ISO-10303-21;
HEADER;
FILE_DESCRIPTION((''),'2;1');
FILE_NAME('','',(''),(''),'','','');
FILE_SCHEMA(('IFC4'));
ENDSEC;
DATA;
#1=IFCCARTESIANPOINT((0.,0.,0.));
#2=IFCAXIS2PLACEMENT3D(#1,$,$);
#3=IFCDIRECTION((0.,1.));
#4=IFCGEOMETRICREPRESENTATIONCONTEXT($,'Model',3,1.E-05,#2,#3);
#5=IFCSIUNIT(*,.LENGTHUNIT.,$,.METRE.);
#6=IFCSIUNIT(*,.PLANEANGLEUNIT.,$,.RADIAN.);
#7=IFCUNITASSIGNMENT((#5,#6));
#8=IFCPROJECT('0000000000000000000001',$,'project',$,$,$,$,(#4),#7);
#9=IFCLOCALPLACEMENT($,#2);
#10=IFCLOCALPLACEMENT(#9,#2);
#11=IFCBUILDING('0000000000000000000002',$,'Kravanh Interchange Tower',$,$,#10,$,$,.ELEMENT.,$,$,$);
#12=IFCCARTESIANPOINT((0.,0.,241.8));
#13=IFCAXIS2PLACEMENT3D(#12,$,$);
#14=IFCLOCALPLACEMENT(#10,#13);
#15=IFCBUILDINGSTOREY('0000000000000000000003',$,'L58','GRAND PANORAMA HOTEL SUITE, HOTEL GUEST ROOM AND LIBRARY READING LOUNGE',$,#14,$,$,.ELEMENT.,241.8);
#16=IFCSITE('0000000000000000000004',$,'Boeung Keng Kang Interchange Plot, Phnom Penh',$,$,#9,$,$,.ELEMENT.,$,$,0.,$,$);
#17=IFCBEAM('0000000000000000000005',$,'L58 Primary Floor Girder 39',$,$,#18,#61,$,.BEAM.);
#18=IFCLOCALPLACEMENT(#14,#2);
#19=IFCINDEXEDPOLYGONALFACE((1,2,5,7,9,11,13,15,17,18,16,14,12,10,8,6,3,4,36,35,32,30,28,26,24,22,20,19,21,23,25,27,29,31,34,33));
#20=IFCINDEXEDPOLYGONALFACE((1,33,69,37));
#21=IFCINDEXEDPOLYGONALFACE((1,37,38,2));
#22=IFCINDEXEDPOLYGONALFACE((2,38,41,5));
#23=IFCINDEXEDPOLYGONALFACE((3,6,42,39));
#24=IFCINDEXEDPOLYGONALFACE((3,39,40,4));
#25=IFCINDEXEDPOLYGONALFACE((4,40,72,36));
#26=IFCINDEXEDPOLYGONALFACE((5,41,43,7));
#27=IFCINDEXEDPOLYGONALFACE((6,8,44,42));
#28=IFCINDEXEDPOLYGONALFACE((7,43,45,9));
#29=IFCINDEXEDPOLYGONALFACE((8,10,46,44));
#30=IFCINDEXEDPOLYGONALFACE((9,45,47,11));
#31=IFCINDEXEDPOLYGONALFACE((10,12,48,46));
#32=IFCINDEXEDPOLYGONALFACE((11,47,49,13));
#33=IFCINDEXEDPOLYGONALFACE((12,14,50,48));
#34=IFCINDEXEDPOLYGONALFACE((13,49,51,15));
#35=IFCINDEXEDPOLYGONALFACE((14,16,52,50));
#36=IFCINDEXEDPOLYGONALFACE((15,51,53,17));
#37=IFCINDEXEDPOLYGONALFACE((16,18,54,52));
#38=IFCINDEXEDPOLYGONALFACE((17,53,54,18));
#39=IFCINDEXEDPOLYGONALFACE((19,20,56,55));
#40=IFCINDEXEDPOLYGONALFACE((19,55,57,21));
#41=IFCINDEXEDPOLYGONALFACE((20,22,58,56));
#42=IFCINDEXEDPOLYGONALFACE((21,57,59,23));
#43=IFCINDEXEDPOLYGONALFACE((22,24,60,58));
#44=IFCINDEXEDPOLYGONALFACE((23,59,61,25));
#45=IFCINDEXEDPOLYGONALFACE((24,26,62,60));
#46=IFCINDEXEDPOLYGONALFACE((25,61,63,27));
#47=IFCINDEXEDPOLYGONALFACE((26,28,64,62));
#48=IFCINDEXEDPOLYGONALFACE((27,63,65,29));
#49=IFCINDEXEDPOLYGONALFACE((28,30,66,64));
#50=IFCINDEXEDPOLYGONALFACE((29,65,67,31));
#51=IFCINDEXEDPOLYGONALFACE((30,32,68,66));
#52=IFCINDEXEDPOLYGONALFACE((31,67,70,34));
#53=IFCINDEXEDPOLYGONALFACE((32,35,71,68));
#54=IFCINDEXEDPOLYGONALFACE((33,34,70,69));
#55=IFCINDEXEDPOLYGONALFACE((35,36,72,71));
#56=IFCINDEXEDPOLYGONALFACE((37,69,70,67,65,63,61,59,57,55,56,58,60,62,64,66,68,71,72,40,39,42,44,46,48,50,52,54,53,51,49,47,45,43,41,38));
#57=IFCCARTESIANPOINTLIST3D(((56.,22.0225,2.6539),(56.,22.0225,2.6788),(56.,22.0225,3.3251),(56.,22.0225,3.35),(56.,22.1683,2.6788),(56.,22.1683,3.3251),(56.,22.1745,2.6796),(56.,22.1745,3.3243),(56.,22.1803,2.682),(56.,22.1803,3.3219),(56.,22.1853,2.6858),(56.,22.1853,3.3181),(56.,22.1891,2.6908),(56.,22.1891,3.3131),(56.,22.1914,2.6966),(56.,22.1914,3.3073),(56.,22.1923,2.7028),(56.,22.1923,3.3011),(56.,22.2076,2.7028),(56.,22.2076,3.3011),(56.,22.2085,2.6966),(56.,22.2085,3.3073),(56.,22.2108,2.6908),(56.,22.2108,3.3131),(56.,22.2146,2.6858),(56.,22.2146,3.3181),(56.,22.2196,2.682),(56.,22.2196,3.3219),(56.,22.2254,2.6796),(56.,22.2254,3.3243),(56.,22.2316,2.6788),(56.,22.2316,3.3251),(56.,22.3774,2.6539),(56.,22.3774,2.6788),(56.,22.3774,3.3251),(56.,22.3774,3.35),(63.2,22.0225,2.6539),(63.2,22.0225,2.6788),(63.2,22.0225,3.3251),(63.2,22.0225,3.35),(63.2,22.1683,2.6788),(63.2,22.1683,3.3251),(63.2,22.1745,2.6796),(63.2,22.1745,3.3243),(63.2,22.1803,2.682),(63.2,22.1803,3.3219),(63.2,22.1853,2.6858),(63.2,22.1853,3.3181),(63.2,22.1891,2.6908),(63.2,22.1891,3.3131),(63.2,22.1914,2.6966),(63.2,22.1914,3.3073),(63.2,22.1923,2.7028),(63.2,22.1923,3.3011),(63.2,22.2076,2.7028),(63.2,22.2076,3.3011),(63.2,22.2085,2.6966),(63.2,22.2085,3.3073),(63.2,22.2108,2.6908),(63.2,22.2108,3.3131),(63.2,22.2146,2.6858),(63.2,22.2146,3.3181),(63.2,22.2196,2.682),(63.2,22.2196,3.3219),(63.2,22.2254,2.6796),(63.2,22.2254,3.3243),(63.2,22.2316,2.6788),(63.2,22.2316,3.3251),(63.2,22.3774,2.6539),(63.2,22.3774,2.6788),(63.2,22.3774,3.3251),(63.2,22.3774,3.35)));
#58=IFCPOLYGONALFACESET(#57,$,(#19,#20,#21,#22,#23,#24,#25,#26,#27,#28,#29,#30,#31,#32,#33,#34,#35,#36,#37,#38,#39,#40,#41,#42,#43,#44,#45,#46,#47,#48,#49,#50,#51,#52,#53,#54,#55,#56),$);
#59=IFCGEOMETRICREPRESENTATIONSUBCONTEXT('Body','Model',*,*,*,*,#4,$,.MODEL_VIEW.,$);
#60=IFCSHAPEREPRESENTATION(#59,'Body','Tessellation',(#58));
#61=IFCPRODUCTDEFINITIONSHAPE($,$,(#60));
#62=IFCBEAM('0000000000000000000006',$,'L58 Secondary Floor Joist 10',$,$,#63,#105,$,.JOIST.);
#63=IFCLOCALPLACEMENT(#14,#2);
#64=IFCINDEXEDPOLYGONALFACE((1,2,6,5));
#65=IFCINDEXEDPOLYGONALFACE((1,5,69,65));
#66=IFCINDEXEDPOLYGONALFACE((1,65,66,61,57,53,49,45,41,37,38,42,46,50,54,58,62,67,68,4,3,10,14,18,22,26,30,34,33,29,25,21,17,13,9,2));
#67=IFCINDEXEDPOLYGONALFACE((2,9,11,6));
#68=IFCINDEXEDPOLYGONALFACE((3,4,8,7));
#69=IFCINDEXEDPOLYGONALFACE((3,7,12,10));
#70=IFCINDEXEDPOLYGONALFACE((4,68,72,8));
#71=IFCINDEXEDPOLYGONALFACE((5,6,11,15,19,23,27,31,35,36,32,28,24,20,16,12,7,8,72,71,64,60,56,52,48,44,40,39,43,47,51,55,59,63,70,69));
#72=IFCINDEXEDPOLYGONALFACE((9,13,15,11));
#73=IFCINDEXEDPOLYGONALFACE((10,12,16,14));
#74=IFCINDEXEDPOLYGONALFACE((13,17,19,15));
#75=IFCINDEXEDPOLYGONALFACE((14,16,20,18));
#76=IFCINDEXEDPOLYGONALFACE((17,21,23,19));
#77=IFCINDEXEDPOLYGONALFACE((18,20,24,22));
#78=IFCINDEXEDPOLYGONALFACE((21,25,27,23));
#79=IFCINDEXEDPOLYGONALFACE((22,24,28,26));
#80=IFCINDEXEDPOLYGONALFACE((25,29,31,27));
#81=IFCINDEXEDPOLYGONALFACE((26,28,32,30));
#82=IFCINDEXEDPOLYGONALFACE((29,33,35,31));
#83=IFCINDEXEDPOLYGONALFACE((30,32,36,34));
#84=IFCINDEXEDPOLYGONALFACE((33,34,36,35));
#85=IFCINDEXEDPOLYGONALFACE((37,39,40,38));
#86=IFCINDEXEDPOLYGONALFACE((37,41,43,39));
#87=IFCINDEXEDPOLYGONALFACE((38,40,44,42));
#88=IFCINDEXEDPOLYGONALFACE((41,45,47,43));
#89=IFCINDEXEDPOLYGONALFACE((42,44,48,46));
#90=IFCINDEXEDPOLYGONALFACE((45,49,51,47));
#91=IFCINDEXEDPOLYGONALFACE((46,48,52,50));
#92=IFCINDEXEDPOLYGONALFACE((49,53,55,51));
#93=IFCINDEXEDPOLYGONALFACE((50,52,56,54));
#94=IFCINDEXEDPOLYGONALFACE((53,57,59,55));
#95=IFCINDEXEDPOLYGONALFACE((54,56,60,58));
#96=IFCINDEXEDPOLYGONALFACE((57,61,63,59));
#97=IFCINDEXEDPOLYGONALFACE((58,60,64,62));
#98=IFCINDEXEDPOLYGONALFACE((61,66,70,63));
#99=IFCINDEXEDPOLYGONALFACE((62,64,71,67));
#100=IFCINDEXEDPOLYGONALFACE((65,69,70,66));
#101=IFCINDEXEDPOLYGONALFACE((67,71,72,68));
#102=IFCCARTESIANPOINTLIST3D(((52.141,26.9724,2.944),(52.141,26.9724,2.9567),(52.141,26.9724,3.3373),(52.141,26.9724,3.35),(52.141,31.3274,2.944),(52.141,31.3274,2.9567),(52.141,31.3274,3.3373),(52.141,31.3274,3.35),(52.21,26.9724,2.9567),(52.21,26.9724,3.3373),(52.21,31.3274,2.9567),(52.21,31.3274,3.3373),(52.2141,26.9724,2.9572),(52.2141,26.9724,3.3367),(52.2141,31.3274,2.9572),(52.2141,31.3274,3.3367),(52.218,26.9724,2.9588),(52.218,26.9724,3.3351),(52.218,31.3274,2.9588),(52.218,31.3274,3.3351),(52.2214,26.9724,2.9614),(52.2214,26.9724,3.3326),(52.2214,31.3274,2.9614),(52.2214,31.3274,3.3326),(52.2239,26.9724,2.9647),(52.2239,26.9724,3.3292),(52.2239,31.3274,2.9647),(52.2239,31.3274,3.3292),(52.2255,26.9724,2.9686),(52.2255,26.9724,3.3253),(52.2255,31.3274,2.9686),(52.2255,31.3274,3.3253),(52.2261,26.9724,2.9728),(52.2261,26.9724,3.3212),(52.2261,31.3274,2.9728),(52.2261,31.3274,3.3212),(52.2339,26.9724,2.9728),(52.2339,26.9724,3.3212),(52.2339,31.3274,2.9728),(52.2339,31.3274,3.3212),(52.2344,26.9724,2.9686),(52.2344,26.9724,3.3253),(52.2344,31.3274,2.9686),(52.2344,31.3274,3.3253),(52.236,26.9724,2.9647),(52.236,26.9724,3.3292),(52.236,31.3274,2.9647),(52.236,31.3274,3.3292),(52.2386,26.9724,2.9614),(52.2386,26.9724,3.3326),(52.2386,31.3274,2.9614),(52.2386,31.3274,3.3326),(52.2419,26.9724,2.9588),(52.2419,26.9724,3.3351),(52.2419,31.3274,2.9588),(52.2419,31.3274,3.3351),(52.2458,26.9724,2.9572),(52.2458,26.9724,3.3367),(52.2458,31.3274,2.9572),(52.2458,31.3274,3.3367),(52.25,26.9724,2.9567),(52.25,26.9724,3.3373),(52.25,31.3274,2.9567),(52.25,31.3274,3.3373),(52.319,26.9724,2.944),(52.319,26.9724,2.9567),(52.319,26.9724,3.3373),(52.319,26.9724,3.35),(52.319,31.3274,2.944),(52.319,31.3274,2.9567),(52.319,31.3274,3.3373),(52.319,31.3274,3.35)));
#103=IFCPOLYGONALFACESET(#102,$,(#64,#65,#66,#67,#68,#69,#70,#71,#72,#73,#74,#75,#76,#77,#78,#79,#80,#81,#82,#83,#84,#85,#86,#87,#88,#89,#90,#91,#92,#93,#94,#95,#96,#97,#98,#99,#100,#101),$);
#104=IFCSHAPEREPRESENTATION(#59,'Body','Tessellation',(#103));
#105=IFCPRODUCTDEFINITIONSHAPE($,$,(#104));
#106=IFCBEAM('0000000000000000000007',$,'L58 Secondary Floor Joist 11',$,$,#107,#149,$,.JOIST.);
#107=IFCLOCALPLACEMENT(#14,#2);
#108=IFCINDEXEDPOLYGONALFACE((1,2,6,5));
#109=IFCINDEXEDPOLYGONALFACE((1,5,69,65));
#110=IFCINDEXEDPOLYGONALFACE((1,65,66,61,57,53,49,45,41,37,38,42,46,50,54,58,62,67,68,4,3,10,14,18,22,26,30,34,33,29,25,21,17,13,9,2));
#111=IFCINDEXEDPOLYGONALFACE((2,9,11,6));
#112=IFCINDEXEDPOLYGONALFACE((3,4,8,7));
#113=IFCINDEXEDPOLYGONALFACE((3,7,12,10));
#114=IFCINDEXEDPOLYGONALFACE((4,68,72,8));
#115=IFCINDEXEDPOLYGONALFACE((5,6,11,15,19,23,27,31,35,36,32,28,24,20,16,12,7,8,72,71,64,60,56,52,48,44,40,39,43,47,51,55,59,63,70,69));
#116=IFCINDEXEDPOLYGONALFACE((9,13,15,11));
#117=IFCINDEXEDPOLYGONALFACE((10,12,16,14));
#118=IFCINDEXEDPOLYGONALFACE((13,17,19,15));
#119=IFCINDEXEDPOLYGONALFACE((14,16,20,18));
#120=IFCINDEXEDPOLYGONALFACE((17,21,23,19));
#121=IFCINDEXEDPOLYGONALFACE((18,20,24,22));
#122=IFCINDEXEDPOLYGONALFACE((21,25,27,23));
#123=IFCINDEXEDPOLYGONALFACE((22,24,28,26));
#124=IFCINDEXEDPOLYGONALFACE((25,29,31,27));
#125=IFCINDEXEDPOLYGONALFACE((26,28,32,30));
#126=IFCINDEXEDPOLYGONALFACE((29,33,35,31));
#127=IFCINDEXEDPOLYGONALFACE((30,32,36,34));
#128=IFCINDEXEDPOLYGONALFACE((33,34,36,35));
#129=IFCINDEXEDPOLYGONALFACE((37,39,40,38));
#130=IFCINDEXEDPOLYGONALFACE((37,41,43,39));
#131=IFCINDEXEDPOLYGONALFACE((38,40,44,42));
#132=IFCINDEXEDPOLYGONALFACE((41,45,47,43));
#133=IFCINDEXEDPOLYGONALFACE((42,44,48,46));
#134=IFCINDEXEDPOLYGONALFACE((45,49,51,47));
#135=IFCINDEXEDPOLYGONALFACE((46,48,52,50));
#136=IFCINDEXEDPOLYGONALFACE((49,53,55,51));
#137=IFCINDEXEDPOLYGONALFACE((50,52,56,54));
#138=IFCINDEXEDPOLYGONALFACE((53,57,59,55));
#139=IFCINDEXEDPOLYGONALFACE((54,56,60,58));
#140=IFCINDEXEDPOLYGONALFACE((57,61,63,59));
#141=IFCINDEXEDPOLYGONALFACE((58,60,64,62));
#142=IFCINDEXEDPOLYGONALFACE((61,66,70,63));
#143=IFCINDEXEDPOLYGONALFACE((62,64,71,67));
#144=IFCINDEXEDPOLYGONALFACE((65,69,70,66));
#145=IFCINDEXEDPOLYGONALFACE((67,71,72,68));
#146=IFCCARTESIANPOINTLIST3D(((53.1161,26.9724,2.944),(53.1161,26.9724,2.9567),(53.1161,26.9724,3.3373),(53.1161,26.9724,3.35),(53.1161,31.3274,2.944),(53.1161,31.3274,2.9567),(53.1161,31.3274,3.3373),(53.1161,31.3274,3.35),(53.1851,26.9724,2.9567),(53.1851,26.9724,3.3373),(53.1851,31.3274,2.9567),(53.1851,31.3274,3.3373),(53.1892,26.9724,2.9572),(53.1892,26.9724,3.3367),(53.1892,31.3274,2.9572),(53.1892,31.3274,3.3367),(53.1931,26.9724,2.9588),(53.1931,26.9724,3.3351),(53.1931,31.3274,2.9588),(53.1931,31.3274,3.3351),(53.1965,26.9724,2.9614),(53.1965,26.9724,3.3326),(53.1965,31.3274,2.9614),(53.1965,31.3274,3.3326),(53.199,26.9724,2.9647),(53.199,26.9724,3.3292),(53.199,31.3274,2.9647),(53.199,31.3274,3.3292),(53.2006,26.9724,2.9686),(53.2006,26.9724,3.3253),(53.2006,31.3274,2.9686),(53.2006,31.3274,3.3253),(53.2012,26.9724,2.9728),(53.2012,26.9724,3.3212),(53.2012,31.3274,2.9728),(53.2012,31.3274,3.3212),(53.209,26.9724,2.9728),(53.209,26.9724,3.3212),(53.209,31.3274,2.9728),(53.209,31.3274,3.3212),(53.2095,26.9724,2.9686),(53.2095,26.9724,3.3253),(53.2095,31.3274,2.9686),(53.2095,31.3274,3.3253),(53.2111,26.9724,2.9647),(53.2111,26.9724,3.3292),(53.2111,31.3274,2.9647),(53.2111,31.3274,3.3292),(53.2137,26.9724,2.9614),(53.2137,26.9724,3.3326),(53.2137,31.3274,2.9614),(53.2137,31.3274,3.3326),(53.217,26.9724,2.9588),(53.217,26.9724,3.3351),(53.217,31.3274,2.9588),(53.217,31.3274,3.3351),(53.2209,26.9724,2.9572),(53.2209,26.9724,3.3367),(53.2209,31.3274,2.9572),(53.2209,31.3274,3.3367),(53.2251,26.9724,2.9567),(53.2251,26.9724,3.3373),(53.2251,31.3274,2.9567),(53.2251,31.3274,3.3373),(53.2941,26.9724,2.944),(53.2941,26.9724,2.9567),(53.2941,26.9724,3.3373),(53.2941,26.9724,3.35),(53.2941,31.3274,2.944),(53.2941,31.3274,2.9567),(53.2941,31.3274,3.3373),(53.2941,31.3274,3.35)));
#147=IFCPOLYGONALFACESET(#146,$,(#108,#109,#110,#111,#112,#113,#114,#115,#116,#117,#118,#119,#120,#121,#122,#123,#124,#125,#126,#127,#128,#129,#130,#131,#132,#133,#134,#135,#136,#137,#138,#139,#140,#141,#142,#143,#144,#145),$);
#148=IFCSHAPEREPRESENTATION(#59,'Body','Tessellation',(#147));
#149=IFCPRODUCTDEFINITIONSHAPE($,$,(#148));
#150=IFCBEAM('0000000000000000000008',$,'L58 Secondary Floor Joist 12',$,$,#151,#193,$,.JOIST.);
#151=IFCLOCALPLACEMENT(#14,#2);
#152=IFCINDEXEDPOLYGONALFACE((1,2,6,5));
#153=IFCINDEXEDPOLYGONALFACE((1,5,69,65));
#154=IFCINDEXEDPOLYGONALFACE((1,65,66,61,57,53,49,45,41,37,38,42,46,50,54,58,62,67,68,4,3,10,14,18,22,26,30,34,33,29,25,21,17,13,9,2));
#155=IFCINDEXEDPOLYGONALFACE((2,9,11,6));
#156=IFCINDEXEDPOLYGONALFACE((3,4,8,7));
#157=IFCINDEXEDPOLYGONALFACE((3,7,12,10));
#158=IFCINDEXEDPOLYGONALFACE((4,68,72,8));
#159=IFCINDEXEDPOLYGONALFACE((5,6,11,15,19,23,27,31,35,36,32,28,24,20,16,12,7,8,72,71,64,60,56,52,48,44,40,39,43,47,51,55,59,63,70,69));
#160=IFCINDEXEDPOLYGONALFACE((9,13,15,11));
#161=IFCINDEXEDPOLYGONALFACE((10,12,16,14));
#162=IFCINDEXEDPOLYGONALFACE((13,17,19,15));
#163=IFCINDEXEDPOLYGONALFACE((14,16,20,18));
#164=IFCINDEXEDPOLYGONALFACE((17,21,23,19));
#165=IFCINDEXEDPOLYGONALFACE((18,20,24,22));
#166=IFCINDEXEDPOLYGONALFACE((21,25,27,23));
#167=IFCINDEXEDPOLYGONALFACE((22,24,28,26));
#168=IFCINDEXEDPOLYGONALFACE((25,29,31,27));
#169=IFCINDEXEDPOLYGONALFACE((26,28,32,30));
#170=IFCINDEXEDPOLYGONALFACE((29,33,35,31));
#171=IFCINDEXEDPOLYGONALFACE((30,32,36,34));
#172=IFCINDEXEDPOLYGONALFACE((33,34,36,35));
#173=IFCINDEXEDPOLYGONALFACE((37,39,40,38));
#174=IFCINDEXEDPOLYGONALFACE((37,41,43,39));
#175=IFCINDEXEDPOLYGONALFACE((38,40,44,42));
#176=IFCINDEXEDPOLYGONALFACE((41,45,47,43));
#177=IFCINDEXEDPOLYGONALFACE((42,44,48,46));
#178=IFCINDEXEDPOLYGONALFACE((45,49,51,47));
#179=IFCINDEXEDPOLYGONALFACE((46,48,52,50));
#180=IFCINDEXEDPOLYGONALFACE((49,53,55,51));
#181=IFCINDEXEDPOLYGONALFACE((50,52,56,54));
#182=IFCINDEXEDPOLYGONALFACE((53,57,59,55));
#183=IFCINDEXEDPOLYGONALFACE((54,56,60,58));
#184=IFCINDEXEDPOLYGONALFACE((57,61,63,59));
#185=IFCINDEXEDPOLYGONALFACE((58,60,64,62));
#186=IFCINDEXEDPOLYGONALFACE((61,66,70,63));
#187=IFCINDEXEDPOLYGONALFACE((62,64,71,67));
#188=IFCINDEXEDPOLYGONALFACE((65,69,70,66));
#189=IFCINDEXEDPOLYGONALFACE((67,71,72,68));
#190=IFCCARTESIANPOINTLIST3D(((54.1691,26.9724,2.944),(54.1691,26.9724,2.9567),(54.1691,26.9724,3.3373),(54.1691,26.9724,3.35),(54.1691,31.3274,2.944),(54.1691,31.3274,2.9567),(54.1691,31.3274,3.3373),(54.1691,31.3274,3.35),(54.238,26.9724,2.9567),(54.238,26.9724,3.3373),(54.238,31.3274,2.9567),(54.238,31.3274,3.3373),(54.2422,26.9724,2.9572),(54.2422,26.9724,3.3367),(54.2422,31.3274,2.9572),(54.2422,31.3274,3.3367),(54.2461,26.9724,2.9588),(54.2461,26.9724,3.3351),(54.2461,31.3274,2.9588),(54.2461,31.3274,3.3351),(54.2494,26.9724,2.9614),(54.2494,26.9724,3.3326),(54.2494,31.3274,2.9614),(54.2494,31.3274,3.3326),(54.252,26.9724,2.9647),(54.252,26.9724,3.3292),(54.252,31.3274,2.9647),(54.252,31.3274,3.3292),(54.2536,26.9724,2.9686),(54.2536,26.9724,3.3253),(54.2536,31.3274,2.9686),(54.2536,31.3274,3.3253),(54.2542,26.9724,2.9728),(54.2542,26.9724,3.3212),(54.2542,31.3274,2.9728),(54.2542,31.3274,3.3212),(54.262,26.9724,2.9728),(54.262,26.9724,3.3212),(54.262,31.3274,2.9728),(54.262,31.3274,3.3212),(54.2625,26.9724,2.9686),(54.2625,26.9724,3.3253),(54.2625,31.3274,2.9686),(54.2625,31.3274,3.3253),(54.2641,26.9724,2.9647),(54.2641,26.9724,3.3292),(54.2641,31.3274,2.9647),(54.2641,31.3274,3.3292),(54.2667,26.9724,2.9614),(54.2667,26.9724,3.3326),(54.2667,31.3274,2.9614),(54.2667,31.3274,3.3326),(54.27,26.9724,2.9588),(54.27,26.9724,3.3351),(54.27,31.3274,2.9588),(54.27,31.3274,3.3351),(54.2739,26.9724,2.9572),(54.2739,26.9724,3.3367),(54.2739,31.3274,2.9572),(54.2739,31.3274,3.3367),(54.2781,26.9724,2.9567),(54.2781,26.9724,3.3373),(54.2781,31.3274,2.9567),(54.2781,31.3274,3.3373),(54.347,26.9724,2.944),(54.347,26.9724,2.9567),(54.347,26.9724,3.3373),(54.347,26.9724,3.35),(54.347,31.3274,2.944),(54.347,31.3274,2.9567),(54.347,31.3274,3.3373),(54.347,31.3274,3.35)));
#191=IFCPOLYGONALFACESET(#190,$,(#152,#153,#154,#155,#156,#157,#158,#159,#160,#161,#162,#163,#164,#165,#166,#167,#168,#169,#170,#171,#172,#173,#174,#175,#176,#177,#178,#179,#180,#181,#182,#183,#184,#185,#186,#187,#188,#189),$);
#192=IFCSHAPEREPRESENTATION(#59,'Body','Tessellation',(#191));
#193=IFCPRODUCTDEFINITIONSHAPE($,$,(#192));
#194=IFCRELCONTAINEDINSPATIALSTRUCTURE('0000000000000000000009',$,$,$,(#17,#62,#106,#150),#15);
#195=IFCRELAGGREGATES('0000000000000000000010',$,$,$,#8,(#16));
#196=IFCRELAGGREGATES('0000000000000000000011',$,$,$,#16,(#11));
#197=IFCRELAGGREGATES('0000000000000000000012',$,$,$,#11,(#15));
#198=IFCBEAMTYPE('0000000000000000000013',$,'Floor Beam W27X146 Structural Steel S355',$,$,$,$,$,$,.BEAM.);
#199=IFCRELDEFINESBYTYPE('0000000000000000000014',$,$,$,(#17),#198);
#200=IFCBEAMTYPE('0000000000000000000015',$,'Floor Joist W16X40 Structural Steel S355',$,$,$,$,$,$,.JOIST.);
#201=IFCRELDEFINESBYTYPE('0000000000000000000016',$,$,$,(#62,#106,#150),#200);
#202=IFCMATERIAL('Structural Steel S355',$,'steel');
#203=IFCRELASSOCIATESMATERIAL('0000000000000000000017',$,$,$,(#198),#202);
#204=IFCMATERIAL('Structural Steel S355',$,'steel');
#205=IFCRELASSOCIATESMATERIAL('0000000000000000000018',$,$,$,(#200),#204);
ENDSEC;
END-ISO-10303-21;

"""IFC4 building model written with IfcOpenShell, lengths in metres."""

from ifc_helpers import new_model, si_unit, direction, frame, origin, origin_2d, place, context, subcontext, project, spatial, i_section, extrude, material, material_profile, profile_set, type_object, element, save


model = new_model("IFC4")

# Units and contexts
model_context = context("Model", 3, precision=1e-05, world=origin(), true_north=direction((0.0, 1.0)))
body_context = subcontext(model_context, "Body", "Model", "MODEL_VIEW")
ifc_project = project(units=[si_unit("LENGTHUNIT", "METRE"), si_unit("PLANEANGLEUNIT", "RADIAN")], contexts=[model_context])

# Site, building, storey
site_placement = place(None, origin())
site = spatial("IfcSite", under=ifc_project, at=site_placement, Name="Boeung Keng Kang Interchange Plot, Phnom Penh", CompositionType="ELEMENT", RefElevation=0.0)
building_placement = place(site_placement, origin())
building = spatial("IfcBuilding", under=site, at=building_placement, Name="Kravanh Interchange Tower", CompositionType="ELEMENT")
storey_placement = place(building_placement, frame((0.0, 0.0, 241.8)))
storey = spatial("IfcBuildingStorey", under=building, at=storey_placement, Name="L58", Description="GRAND PANORAMA HOTEL SUITE, HOTEL GUEST ROOM AND LIBRARY READING LOUNGE", CompositionType="ELEMENT", Elevation=241.8)

# Beams
ifc_material_1 = material(Name="Structural Steel S355", Category="steel")
ifc_material_profile_1 = material_profile(ifc_material_1, i_section(OverallWidth=0.355, OverallDepth=0.696, WebThickness=0.0154, FlangeThickness=0.0249, FilletRadius=0.0239, at=origin_2d()), Name="W27X146")
ifc_profile_set_1 = profile_set([ifc_material_profile_1], Name="Structural Steel S355")
beam_type_1 = type_object("IfcBeamType", Name="Floor Beam W27X146 Structural Steel S355", PredefinedType="BEAM", material=ifc_profile_set_1)
beam_1_placement = place(storey_placement, frame((56.0, 22.2, 3.002), z_axis=(1.0, 0.0, 0.0), x_axis=(0.0, 1.0, 0.0)))
element("IfcBeam", 1, at=beam_1_placement, inside=storey, type_object=beam_type_1, Name="L58 Primary Floor Girder 39", PredefinedType="BEAM", context=body_context, shape_type="SweptSolid", body=[
    extrude(i_section(OverallWidth=0.355, OverallDepth=0.696, WebThickness=0.0154, FlangeThickness=0.0249, FilletRadius=0.0239, at=origin_2d()), origin(), (0.0, 0.0, 1.0), 7.2),
])
ifc_material_2 = material(Name="Structural Steel S355", Category="steel")
ifc_material_profile_2 = material_profile(ifc_material_2, i_section(OverallWidth=0.178, OverallDepth=0.406, WebThickness=0.0078, FlangeThickness=0.0127, FilletRadius=0.0161, at=origin_2d()), Name="W16X40")
ifc_profile_set_2 = profile_set([ifc_material_profile_2], Name="Structural Steel S355")
beam_type_2 = type_object("IfcBeamType", Name="Floor Joist W16X40 Structural Steel S355", PredefinedType="JOIST", material=ifc_profile_set_2)
for number, where, z_axis, x_axis, name in (
    (2, (52.23, 26.9724, 3.147), (0.0, 1.0, 0.0), (-1.0, 0.0, 0.0), "L58 Secondary Floor Joist 10"),
    (3, (53.2051, 26.9724, 3.147), (0.0, 1.0, 0.0), (-1.0, 0.0, 0.0), "L58 Secondary Floor Joist 11"),
    (4, (54.2581, 26.9724, 3.147), (0.0, 1.0, 0.0), (-1.0, 0.0, 0.0), "L58 Secondary Floor Joist 12"),
):
    element("IfcBeam", number, at=place(storey_placement, frame(where, z_axis=z_axis, x_axis=x_axis)), inside=storey, type_object=beam_type_2, Name=name, PredefinedType="JOIST", context=body_context, shape_type="SweptSolid", body=[
        extrude(i_section(OverallWidth=0.178, OverallDepth=0.406, WebThickness=0.0078, FlangeThickness=0.0127, FilletRadius=0.0161, at=origin_2d()), origin(), (0.0, 0.0, 1.0), 4.355),
    ])

save(model, "model.ifc")
